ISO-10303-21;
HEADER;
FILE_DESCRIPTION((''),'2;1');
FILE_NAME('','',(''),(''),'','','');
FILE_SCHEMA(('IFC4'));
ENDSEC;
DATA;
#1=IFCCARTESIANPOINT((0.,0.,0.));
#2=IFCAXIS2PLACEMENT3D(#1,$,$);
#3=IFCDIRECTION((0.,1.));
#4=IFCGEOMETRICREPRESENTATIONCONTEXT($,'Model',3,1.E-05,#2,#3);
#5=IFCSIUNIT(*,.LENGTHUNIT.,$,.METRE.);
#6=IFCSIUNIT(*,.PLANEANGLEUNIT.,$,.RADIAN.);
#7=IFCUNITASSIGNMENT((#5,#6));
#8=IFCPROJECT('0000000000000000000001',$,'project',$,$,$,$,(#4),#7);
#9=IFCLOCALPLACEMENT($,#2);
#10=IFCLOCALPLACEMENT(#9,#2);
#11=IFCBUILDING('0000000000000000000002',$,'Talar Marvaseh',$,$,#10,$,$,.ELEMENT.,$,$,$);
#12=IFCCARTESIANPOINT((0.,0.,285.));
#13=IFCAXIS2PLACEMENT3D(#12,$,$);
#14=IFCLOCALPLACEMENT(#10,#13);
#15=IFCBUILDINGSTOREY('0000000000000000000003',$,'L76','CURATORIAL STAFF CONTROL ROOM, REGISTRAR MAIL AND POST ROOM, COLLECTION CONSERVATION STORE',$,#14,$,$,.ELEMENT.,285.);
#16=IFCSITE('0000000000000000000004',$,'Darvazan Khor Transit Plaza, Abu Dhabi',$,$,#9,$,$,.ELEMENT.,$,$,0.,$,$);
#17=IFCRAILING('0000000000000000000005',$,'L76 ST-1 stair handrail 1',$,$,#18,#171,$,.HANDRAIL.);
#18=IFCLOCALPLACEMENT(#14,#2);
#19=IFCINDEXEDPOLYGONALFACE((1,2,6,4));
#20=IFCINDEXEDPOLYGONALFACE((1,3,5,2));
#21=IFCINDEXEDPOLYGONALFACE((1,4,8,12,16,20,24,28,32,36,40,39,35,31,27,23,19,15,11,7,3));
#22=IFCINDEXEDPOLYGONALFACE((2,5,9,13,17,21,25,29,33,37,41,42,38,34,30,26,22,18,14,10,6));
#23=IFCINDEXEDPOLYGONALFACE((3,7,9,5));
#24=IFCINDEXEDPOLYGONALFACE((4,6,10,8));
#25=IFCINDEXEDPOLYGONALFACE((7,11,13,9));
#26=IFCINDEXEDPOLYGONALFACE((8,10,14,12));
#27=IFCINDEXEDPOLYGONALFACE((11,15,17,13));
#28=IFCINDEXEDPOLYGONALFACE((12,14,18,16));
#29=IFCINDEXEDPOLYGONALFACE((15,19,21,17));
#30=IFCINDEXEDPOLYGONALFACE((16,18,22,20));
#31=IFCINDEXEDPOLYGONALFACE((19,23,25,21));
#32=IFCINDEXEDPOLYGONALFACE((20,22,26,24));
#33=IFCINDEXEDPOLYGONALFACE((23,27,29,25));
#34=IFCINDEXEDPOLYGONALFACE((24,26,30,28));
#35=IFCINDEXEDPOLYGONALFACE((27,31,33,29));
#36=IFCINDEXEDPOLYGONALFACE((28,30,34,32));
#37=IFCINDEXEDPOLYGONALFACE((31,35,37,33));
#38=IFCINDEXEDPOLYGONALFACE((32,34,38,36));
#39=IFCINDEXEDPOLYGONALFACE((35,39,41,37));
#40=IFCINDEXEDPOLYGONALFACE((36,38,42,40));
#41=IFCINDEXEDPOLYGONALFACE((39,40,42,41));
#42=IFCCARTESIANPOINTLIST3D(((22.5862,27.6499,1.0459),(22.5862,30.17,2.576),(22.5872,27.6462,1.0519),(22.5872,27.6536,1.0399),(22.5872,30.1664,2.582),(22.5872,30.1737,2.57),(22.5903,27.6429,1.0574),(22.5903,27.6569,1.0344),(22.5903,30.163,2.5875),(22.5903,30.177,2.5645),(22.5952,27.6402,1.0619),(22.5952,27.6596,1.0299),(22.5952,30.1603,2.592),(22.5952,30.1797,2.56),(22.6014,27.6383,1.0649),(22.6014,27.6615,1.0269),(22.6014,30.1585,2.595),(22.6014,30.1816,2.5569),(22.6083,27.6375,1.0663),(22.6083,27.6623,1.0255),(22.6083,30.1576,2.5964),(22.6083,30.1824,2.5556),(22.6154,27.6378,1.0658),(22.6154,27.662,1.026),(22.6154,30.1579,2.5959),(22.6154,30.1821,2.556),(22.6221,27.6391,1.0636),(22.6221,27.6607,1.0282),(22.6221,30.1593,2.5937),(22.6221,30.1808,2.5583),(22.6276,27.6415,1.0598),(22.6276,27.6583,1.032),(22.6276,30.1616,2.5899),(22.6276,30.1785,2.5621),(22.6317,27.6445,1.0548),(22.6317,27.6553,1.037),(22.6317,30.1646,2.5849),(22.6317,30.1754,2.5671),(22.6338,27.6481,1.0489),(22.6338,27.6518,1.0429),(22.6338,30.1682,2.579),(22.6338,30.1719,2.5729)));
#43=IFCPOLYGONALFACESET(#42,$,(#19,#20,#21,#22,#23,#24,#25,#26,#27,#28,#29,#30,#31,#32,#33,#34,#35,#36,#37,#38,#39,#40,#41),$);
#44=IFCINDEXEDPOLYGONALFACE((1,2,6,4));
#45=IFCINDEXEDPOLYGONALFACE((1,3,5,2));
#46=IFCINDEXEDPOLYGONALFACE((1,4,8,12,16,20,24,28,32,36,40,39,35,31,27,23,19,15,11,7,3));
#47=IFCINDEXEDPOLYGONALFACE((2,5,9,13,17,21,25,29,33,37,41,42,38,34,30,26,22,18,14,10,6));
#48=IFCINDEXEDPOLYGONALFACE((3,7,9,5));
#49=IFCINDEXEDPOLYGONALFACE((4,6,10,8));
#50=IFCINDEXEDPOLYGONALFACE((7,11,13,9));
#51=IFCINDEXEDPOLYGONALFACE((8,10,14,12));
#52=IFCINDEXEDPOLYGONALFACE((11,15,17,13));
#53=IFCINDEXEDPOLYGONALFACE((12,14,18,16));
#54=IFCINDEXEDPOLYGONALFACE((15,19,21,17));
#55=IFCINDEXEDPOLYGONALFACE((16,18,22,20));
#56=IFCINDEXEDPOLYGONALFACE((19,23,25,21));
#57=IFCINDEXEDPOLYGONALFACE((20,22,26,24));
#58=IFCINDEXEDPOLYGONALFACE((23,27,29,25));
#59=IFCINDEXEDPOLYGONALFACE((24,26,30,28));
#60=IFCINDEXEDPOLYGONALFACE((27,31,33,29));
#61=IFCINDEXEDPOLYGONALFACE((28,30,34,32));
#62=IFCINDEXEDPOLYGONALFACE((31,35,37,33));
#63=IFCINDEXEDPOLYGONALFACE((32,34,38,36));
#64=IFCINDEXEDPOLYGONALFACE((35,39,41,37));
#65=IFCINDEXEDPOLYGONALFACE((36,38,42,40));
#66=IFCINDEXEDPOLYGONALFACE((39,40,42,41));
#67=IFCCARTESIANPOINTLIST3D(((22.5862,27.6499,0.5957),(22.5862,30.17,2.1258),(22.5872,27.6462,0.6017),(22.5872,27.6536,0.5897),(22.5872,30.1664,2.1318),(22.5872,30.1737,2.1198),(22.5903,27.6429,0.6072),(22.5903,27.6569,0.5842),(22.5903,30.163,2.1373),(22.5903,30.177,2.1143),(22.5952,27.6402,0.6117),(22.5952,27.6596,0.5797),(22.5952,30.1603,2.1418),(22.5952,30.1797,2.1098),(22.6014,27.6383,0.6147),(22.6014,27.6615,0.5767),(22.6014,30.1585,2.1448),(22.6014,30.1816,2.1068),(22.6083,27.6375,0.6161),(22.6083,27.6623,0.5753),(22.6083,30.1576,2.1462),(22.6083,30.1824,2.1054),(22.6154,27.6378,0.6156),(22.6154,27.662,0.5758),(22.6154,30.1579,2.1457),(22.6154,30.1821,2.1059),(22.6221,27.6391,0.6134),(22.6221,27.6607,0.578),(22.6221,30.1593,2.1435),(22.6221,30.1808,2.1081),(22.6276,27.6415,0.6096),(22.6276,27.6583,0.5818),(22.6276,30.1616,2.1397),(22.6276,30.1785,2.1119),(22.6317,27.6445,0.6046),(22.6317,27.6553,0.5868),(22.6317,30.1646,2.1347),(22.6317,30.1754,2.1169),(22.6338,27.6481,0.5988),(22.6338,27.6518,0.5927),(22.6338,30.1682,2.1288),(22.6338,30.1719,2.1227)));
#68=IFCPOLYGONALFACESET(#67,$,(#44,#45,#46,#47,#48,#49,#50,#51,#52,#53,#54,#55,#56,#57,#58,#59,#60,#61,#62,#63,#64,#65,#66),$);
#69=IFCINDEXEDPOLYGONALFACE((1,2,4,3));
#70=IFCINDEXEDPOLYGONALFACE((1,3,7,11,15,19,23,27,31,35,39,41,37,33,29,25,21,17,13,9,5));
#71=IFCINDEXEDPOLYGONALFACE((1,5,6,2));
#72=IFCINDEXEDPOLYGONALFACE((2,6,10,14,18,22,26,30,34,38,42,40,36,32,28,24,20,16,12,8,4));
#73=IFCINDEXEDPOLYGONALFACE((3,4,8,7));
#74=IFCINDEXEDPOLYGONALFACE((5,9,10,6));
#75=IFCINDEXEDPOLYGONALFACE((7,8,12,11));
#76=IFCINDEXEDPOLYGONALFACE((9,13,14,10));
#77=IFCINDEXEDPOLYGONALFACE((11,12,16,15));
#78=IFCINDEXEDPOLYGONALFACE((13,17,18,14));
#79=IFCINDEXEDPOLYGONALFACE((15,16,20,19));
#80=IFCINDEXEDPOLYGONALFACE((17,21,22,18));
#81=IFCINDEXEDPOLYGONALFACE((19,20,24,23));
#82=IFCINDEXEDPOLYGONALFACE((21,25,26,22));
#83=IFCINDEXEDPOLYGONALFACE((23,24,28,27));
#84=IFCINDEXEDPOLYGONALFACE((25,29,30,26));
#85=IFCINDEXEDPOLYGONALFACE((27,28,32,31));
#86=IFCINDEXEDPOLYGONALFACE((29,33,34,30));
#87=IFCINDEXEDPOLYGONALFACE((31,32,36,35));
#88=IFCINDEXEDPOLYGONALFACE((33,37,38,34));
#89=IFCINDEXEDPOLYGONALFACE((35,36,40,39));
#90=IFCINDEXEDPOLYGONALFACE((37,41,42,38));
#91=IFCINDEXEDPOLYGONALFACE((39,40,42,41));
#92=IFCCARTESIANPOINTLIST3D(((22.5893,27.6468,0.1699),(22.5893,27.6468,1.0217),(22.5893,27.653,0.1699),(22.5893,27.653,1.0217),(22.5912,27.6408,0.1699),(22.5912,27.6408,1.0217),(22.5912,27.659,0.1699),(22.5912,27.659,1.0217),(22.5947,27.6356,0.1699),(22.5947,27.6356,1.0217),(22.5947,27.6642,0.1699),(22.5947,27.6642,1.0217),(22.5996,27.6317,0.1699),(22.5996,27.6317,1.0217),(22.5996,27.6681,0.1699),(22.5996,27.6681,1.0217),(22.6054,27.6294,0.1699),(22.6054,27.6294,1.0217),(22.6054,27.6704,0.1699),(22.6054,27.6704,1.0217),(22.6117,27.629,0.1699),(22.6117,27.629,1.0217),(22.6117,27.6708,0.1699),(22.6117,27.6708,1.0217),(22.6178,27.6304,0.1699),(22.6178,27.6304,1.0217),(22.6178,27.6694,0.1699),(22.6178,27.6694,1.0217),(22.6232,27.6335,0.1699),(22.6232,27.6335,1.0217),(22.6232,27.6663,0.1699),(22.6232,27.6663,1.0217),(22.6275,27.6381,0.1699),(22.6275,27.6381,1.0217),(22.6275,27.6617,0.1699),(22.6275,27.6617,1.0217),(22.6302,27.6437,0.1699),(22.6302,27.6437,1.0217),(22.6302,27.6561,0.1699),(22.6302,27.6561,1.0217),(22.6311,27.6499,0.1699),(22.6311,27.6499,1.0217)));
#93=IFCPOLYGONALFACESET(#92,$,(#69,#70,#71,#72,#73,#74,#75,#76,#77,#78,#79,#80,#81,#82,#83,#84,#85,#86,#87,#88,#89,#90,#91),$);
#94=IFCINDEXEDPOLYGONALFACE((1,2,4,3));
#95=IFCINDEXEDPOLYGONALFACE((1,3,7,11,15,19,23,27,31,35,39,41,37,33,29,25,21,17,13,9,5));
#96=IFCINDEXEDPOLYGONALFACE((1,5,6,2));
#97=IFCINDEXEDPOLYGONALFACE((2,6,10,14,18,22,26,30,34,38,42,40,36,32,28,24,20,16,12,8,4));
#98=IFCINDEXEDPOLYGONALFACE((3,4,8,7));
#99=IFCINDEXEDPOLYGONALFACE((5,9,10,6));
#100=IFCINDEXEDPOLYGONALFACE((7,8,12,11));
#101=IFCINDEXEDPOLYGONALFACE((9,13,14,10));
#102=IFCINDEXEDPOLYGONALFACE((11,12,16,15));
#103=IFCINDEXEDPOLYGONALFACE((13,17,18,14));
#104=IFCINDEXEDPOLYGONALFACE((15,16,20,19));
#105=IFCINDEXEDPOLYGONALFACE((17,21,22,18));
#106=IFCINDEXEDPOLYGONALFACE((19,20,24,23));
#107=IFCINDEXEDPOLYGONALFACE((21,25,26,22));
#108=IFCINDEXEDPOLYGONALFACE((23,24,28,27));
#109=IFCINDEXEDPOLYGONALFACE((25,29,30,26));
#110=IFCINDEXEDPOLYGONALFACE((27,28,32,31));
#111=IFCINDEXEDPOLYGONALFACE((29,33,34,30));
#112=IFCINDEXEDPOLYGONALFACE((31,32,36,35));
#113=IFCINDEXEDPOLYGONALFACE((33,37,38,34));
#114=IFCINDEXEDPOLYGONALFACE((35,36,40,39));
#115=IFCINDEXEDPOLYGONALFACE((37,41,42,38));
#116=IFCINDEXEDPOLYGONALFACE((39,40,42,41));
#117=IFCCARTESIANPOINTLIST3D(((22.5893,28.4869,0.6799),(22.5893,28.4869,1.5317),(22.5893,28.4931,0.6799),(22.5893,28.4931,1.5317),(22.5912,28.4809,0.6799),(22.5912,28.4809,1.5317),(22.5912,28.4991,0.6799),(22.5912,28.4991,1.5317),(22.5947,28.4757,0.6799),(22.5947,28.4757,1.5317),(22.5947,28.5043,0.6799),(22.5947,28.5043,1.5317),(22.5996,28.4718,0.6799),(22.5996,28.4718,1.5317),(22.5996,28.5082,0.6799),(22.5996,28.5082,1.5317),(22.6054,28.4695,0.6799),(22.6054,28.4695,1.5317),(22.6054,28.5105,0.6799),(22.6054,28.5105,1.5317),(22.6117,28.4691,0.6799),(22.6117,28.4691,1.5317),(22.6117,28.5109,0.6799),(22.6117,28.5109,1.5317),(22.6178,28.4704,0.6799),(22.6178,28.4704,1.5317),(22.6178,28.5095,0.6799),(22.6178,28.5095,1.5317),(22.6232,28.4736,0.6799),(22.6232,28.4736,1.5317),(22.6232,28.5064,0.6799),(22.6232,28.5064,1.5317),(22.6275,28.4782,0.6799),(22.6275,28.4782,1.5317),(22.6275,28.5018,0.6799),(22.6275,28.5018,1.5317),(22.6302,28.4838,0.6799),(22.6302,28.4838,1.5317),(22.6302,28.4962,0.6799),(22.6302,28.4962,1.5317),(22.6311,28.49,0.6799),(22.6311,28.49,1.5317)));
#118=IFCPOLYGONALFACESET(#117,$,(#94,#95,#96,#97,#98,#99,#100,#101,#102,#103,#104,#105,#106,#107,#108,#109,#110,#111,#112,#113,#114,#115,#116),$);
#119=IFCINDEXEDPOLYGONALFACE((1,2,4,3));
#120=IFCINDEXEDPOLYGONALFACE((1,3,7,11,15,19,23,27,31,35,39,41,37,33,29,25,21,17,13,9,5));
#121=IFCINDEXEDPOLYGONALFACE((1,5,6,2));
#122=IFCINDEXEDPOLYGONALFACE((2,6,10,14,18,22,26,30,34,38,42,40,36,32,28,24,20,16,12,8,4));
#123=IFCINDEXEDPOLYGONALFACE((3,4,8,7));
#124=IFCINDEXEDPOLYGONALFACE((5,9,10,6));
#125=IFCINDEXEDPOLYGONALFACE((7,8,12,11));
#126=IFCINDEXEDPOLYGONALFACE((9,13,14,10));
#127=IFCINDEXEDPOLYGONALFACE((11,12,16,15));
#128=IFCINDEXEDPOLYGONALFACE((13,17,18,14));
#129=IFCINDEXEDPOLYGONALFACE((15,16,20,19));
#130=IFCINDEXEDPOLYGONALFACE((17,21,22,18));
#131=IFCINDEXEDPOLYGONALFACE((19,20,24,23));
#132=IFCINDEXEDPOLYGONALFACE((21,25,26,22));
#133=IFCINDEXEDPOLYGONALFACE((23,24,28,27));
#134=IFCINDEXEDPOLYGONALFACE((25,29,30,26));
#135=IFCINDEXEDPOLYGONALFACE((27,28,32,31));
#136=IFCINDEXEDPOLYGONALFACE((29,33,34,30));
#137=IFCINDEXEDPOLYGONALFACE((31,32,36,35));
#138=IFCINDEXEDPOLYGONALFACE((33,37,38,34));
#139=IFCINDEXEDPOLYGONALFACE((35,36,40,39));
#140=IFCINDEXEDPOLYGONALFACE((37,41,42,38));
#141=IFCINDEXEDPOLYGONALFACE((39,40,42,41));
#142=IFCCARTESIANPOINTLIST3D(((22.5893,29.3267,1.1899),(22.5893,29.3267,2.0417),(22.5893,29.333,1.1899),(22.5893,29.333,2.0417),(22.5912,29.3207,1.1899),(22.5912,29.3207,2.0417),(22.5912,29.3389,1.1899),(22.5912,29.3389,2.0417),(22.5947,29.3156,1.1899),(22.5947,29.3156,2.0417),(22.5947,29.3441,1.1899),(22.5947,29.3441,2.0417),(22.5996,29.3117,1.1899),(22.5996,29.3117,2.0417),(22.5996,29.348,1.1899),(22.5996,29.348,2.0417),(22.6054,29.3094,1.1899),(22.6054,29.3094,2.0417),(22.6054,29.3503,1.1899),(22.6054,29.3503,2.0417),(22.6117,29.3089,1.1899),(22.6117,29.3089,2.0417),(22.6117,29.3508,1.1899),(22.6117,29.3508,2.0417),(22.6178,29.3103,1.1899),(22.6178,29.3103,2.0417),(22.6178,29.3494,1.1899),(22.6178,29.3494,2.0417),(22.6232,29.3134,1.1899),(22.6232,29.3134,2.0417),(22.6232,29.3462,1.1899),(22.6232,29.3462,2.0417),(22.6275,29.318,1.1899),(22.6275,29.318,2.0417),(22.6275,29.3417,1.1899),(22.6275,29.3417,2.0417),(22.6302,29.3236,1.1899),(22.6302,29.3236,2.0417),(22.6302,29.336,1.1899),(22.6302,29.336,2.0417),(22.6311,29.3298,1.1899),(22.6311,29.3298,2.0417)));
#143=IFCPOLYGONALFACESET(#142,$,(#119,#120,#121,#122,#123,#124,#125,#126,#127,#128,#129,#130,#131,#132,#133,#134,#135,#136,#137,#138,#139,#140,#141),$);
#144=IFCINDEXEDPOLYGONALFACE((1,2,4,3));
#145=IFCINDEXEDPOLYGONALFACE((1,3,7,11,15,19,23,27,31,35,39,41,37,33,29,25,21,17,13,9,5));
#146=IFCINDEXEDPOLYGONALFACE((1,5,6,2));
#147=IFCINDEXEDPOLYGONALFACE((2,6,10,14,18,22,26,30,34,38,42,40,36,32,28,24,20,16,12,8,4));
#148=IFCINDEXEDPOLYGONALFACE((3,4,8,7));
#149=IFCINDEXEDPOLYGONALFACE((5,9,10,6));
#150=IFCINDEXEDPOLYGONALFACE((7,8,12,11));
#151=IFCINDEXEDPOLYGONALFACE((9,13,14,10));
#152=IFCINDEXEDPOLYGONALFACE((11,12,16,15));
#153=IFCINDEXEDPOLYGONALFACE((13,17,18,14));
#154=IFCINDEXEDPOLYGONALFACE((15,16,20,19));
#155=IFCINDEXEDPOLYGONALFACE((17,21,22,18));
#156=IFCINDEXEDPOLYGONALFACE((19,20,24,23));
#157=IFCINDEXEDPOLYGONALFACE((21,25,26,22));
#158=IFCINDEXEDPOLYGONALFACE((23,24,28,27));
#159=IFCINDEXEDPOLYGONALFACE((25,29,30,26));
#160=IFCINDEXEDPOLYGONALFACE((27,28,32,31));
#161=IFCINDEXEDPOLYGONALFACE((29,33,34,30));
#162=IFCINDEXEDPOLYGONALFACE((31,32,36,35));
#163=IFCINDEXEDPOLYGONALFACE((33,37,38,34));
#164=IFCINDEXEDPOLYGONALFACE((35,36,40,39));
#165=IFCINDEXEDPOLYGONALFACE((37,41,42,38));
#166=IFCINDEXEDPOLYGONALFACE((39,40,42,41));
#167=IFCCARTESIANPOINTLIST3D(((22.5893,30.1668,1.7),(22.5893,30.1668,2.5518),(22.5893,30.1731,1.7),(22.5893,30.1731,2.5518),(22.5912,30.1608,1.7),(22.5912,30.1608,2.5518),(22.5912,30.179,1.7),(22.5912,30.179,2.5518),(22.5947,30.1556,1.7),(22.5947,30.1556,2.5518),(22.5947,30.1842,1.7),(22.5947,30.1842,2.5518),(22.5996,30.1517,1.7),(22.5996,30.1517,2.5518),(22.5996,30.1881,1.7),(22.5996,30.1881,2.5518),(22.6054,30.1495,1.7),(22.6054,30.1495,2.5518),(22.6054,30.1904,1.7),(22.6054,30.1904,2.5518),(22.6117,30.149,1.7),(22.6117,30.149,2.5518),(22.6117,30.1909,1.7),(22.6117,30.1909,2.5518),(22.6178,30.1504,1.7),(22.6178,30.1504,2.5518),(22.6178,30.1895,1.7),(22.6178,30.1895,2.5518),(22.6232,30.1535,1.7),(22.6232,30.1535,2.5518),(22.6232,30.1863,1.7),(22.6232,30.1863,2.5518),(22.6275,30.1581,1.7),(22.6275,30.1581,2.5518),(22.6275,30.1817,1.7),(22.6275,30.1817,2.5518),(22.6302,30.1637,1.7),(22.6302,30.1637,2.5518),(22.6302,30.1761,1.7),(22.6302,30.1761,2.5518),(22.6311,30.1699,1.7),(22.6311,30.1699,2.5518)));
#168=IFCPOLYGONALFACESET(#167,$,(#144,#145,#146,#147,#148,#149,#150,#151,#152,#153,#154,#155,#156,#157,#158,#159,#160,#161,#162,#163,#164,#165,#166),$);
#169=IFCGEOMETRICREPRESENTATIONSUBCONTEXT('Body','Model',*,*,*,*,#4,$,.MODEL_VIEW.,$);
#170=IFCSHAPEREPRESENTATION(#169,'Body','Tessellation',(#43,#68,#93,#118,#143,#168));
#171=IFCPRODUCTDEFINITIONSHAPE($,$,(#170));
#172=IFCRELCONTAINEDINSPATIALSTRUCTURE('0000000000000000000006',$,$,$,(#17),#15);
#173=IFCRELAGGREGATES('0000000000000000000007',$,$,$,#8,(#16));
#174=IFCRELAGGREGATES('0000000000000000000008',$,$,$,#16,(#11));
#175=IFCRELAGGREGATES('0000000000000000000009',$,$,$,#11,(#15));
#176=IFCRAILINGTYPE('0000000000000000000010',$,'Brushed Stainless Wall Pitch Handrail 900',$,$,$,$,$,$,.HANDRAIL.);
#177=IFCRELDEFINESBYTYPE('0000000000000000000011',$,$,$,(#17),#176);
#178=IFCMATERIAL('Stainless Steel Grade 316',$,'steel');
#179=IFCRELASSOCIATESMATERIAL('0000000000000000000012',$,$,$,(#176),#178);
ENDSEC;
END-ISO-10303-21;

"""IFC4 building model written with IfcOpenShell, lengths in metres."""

from ifc_helpers import new_model, si_unit, direction, frame, origin, origin_2d, place, context, subcontext, project, spatial, circle, extrude, material, type_object, element, save


model = new_model("IFC4")

# Units and contexts
model_context = context("Model", 3, precision=1e-05, world=origin(), true_north=direction((0.0, 1.0)))
body_context = subcontext(model_context, "Body", "Model", "MODEL_VIEW")
ifc_project = project(units=[si_unit("LENGTHUNIT", "METRE"), si_unit("PLANEANGLEUNIT", "RADIAN")], contexts=[model_context])

# Site, building, storey
site_placement = place(None, origin())
site = spatial("IfcSite", under=ifc_project, at=site_placement, Name="Darvazan Khor Transit Plaza, Abu Dhabi", CompositionType="ELEMENT", RefElevation=0.0)
building_placement = place(site_placement, origin())
building = spatial("IfcBuilding", under=site, at=building_placement, Name="Talar Marvaseh", CompositionType="ELEMENT")
storey_placement = place(building_placement, frame((0.0, 0.0, 285.0)))
storey = spatial("IfcBuildingStorey", under=building, at=storey_placement, Name="L76", Description="CURATORIAL STAFF CONTROL ROOM, REGISTRAR MAIL AND POST ROOM, COLLECTION CONSERVATION STORE", CompositionType="ELEMENT", Elevation=285.0)

# Railing
ifc_material_1 = material(Name="Stainless Steel Grade 316", Category="steel")
railing_type_1 = type_object("IfcRailingType", Name="Brushed Stainless Wall Pitch Handrail 900", PredefinedType="HANDRAIL", material=ifc_material_1)
railing_1_placement = place(storey_placement, frame((22.6101, 27.6499, 0.1699)))
element("IfcRailing", 1, at=railing_1_placement, inside=storey, type_object=railing_type_1, Name="L76 ST-1 stair handrail 1", PredefinedType="HANDRAIL", context=body_context, shape_type="SweptSolid", body=[
    extrude(circle(Radius=0.0239, at=origin_2d()), frame((0.0, 0.0, 0.876), z_axis=(0.0, 0.854785, 0.518982), x_axis=(-1.0, 0.0, 0.0)), (0.0, 0.0, 1.0), 2.9482),
    extrude(circle(Radius=0.0239, at=origin_2d()), frame((0.0, 0.0, 0.4258), z_axis=(0.0, 0.854785, 0.518982), x_axis=(-1.0, 0.0, 0.0)), (0.0, 0.0, 1.0), 2.9482),
    extrude(circle(Radius=0.021, at=origin_2d()), origin(), (0.0, 0.0, 1.0), 0.8518),
    extrude(circle(Radius=0.021, at=origin_2d()), frame((0.0, 0.8401, 0.51)), (0.0, 0.0, 1.0), 0.8518),
    extrude(circle(Radius=0.021, at=origin_2d()), frame((0.0, 1.6799, 1.02)), (0.0, 0.0, 1.0), 0.8518),
    extrude(circle(Radius=0.021, at=origin_2d()), frame((0.0, 2.52, 1.53)), (0.0, 0.0, 1.0), 0.8518),
])

save(model, "model.ifc")
